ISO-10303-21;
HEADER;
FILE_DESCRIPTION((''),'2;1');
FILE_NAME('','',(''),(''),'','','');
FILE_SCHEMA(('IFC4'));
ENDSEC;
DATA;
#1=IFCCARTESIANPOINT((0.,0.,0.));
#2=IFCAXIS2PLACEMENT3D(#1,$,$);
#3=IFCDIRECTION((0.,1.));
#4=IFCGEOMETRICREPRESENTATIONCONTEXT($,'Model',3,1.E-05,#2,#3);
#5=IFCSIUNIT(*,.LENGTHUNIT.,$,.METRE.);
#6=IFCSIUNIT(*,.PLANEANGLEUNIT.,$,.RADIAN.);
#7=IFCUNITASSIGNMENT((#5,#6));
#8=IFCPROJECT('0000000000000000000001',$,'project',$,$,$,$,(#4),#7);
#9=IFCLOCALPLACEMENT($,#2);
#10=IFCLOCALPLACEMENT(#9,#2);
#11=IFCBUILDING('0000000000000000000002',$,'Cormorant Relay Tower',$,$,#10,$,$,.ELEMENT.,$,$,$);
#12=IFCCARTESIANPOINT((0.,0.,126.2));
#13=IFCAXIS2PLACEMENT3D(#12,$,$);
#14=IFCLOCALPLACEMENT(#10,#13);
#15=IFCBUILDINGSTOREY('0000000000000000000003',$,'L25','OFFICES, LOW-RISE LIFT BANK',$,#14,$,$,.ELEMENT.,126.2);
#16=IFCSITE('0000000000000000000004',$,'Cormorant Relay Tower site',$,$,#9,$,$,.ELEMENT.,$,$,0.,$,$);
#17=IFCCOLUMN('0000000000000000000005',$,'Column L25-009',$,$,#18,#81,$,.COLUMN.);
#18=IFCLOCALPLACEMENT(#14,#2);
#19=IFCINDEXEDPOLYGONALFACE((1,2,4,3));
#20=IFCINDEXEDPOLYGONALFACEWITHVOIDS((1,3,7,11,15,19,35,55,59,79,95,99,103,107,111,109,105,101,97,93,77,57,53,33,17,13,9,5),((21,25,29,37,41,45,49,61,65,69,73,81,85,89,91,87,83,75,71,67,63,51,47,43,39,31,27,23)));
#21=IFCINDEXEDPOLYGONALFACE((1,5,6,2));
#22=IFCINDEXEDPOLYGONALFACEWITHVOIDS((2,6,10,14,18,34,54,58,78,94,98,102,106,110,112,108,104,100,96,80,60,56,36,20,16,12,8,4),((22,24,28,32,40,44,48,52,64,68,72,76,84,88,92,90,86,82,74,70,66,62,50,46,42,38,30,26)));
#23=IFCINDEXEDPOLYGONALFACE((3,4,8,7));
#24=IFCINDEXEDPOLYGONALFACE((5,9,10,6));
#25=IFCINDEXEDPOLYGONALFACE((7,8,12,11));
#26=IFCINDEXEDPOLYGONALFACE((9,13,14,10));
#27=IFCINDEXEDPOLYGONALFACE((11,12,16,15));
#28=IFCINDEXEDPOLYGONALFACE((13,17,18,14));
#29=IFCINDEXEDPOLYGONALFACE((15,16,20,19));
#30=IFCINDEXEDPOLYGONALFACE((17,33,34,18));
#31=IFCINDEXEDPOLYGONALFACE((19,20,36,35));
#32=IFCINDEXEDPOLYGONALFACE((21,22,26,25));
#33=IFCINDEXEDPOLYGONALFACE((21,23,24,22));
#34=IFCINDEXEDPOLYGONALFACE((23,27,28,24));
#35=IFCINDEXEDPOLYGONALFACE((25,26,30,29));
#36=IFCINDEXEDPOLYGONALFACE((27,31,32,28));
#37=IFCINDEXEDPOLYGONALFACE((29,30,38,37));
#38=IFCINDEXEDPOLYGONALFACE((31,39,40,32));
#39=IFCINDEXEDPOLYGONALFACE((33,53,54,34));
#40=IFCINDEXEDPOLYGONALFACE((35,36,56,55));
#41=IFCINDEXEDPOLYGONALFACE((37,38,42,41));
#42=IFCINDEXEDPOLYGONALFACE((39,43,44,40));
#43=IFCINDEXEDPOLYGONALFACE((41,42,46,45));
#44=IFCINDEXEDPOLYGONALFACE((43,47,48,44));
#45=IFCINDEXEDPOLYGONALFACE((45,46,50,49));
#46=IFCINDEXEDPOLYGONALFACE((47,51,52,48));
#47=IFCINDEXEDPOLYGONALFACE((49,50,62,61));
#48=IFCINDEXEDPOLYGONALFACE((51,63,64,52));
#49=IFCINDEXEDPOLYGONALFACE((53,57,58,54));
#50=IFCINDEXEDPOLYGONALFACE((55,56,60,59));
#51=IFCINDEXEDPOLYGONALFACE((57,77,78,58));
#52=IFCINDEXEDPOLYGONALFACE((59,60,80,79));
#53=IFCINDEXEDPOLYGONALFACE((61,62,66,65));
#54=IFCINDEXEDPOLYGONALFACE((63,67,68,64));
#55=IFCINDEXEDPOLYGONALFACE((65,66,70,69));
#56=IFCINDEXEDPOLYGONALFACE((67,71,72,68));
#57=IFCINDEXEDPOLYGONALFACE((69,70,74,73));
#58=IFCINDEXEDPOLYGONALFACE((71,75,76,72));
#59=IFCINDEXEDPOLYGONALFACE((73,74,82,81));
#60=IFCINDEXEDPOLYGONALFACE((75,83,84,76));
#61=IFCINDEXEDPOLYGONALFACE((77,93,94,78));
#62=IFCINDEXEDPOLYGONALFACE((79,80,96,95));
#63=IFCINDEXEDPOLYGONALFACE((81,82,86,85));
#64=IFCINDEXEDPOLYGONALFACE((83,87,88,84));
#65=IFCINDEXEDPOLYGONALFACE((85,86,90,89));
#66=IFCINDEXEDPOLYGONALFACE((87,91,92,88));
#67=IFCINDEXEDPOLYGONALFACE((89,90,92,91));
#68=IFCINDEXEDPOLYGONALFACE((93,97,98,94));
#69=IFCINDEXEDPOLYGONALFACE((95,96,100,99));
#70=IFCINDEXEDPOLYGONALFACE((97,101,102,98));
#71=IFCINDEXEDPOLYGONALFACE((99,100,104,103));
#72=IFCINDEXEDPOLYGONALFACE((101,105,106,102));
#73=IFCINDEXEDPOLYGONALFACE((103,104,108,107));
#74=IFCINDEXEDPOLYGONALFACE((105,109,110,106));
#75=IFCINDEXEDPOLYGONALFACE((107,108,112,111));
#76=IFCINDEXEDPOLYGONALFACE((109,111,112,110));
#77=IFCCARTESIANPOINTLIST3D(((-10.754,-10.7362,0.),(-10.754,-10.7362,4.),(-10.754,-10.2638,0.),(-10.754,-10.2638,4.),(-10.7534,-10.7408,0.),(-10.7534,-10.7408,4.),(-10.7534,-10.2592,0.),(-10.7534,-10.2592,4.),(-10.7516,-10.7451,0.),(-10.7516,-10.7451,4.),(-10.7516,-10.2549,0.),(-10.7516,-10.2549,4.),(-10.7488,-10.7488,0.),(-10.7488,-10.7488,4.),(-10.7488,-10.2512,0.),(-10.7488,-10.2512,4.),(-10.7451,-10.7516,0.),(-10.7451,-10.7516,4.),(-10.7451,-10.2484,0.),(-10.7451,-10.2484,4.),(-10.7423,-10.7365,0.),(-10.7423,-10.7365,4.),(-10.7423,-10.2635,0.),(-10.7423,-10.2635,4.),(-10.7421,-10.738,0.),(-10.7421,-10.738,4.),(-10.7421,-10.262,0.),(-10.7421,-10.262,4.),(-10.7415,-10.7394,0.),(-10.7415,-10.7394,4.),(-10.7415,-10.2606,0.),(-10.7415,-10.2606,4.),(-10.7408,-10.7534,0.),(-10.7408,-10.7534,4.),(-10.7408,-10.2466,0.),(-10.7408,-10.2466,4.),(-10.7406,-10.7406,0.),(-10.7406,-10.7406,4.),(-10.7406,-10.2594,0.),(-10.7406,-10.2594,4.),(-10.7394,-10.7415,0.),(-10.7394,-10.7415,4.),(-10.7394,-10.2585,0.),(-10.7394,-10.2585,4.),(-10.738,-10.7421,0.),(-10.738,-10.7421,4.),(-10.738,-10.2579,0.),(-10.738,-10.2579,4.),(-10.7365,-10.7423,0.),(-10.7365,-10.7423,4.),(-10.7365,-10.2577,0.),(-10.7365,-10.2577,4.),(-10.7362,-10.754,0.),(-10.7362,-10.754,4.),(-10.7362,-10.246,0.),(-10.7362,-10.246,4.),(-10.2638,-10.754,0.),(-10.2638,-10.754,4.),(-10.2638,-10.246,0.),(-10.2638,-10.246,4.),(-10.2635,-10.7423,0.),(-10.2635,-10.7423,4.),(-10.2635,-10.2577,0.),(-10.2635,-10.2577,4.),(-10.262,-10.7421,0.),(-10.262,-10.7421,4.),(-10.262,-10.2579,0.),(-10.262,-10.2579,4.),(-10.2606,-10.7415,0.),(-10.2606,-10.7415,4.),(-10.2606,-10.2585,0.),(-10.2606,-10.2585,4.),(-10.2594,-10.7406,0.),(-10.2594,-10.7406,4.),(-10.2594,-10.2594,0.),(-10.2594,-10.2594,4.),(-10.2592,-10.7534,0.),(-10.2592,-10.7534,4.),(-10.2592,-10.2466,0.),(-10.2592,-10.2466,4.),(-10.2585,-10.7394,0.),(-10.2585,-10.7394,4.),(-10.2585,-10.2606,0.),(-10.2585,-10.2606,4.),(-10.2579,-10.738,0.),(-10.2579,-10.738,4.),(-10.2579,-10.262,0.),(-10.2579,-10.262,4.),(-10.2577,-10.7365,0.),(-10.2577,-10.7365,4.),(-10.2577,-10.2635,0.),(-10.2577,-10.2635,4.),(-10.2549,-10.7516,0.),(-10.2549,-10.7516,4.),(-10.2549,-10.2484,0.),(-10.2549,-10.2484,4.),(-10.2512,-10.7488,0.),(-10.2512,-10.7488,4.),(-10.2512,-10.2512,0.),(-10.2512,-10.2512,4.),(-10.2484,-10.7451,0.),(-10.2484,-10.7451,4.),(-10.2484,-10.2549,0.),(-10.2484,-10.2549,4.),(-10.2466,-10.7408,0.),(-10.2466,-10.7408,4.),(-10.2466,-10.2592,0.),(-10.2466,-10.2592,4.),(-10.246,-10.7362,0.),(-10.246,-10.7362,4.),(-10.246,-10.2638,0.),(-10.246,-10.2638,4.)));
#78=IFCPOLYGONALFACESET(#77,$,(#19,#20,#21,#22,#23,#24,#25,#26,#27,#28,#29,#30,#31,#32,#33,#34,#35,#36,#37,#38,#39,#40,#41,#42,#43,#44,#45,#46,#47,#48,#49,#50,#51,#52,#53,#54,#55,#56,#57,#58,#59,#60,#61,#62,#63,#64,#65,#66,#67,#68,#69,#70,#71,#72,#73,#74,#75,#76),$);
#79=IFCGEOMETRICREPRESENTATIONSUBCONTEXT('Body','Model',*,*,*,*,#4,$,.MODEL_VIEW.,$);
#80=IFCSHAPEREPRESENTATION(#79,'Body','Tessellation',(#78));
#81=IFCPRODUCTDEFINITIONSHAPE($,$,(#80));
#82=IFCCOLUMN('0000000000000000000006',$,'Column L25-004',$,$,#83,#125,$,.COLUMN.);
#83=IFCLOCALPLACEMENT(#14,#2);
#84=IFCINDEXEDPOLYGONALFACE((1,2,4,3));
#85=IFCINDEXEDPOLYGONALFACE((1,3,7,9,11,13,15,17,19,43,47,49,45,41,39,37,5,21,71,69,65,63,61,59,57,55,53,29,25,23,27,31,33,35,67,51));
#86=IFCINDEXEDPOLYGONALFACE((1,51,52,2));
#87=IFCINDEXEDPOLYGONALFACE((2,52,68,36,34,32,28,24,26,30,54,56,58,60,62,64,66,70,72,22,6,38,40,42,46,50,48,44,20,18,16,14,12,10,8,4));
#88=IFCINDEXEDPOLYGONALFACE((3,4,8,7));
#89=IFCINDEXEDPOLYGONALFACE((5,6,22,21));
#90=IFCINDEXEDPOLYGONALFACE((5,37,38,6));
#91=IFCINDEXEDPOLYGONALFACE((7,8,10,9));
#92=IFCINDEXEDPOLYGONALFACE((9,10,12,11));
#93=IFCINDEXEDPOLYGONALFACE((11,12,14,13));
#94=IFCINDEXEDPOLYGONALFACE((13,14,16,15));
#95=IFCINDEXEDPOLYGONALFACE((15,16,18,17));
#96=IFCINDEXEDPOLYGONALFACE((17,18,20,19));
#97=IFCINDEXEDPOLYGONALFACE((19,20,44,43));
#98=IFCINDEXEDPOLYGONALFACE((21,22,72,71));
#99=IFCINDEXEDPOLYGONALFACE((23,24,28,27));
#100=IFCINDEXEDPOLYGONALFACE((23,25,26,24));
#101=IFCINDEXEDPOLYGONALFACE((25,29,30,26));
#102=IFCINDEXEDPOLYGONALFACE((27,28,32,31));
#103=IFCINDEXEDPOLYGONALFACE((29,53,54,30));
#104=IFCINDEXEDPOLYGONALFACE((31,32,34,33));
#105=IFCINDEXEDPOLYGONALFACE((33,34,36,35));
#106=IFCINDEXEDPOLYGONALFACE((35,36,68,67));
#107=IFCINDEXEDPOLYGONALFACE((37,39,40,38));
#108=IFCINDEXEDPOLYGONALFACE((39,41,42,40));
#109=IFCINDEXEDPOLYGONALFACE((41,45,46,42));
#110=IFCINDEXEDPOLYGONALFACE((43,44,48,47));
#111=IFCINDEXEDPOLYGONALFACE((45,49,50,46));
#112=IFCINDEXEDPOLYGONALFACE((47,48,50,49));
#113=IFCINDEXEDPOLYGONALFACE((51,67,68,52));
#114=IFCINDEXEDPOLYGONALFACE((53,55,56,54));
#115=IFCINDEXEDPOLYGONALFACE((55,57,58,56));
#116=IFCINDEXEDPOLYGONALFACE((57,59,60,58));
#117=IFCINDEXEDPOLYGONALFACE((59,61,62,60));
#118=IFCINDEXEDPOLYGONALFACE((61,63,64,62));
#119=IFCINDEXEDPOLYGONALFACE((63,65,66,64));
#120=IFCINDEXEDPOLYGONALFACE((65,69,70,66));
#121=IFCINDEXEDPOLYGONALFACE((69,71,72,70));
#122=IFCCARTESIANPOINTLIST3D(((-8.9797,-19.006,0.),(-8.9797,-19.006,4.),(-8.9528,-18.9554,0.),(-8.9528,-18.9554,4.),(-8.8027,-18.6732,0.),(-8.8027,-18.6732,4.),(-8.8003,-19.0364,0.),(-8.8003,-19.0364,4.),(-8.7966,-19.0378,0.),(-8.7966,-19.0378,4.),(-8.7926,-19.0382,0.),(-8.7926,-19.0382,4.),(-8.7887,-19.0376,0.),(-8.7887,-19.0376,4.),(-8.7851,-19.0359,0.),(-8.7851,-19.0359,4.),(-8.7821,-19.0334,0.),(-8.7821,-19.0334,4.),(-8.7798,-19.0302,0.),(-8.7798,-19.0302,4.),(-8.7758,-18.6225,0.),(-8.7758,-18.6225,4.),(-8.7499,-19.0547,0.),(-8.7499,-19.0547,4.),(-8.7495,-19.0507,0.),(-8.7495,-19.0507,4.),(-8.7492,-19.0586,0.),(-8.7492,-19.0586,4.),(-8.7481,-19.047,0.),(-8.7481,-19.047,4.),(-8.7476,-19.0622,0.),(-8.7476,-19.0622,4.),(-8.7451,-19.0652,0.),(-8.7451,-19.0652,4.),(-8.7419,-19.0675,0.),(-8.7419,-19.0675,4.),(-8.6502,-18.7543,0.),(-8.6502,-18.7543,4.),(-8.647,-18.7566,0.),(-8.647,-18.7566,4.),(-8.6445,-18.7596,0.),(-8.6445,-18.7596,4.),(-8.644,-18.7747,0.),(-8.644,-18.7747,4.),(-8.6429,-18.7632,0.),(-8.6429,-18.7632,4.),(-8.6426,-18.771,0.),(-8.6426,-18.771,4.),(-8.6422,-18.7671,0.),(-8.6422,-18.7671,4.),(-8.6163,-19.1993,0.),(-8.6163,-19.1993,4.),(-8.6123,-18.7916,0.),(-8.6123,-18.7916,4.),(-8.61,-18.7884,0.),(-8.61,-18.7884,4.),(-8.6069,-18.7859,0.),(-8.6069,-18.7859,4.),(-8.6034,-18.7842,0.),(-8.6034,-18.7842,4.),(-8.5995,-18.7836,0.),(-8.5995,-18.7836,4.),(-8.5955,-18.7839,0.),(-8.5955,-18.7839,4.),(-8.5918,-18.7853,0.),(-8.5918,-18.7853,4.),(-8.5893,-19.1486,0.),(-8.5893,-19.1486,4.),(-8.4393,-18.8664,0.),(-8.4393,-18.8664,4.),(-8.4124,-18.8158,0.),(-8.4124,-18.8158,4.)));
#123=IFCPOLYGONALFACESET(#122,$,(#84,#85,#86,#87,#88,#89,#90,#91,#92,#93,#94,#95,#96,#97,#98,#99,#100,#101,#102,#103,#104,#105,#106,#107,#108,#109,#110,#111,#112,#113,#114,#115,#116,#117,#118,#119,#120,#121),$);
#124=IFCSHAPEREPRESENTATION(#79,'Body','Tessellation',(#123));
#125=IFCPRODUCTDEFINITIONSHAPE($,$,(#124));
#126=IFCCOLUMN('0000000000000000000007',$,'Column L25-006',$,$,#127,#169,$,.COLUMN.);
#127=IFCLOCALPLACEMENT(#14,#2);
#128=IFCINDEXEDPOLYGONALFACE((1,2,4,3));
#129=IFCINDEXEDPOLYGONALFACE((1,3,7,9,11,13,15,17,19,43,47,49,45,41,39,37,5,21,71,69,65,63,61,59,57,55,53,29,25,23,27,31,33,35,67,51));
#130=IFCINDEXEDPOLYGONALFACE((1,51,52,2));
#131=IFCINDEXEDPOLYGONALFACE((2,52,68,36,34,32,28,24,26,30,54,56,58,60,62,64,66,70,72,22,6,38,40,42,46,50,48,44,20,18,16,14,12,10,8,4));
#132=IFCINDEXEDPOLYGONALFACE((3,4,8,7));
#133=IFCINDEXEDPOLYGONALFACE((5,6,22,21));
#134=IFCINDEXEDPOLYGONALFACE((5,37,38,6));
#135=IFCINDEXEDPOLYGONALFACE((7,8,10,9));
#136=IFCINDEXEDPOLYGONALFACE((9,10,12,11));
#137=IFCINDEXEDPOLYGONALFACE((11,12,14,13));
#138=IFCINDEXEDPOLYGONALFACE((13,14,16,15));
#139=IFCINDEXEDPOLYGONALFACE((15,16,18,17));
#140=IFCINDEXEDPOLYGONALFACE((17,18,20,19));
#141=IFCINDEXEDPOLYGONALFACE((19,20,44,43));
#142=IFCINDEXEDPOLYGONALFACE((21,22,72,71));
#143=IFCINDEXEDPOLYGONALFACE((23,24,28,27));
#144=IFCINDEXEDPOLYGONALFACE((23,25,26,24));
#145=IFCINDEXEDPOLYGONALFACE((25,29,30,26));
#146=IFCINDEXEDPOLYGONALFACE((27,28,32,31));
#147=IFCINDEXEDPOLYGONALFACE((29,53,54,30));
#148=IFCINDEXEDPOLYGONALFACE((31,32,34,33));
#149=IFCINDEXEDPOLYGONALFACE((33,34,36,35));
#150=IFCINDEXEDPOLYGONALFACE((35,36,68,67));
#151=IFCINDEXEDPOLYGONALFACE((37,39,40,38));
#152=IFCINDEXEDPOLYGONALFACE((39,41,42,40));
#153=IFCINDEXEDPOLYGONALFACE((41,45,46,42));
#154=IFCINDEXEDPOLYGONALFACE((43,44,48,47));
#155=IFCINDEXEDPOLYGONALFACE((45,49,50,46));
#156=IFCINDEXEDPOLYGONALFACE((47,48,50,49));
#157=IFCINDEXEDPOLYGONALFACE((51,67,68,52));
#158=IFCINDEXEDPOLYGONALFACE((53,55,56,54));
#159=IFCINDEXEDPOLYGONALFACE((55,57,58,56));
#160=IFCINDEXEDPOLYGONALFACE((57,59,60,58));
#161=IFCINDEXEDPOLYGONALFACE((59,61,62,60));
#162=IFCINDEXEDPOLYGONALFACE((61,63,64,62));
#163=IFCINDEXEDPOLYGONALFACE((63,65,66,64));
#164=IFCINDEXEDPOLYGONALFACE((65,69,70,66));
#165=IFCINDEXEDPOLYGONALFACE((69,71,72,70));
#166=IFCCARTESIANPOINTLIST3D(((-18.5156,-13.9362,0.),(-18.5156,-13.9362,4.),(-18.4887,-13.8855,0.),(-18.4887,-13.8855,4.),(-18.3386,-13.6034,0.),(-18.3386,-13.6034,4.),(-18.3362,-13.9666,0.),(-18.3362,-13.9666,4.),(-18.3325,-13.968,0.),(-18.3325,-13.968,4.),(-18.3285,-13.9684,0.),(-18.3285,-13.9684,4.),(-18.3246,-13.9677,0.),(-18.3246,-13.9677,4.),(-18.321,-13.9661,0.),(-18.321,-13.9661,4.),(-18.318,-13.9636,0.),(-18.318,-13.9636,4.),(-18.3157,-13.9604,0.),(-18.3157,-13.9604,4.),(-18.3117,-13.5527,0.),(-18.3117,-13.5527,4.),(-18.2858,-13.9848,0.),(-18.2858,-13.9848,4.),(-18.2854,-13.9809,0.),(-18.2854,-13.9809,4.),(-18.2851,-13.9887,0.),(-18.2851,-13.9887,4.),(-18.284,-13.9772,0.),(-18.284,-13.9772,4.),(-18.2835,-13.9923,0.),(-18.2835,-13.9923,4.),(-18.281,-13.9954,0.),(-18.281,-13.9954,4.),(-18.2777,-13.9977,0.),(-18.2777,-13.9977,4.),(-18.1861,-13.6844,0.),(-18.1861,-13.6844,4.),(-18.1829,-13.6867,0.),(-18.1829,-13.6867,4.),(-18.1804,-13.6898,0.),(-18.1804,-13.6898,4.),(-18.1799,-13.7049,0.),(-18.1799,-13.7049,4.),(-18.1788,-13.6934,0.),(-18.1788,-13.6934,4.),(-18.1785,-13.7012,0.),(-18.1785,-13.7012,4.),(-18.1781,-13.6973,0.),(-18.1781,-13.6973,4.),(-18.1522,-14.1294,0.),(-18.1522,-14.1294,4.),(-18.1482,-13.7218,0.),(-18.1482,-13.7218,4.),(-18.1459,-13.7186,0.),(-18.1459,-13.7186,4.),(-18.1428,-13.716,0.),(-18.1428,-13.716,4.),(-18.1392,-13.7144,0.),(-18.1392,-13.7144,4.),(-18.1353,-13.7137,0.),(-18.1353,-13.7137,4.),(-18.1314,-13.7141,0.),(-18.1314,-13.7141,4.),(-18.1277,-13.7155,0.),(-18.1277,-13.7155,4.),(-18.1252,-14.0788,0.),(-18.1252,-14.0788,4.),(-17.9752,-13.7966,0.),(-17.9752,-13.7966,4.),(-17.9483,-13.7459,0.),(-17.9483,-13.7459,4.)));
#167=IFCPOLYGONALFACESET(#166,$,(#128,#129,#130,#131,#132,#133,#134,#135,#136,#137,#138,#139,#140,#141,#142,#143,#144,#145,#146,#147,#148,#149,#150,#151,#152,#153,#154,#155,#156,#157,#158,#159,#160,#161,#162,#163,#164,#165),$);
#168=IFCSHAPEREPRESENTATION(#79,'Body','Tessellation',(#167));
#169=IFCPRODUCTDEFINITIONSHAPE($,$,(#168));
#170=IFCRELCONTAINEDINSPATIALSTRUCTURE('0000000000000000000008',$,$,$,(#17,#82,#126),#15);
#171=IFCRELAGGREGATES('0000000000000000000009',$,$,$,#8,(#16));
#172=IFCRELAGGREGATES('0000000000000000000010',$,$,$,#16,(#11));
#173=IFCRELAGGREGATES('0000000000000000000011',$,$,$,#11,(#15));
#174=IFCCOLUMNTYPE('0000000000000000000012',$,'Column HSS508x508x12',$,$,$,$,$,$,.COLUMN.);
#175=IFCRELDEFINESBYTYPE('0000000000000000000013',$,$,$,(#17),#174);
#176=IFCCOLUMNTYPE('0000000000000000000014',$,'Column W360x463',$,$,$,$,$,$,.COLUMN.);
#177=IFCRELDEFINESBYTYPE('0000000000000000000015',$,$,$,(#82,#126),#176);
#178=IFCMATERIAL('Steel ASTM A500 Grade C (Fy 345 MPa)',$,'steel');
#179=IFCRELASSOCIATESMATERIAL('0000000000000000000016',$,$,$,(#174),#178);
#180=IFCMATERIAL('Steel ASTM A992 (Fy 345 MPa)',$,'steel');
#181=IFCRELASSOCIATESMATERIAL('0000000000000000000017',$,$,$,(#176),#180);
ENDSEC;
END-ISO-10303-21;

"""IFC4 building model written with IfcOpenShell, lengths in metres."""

from ifc_helpers import new_model, si_unit, direction, frame, origin, origin_2d, place, context, subcontext, project, spatial, hollow_rectangle, i_section, extrude, material, material_profile, profile_set, type_object, element, save


model = new_model("IFC4")

# Units and contexts
model_context = context("Model", 3, precision=1e-05, world=origin(), true_north=direction((0.0, 1.0)))
body_context = subcontext(model_context, "Body", "Model", "MODEL_VIEW")
ifc_project = project(units=[si_unit("LENGTHUNIT", "METRE"), si_unit("PLANEANGLEUNIT", "RADIAN")], contexts=[model_context])

# Site, building, storey
site_placement = place(None, origin())
site = spatial("IfcSite", under=ifc_project, at=site_placement, Name="Cormorant Relay Tower site", CompositionType="ELEMENT", RefElevation=0.0)
building_placement = place(site_placement, origin())
building = spatial("IfcBuilding", under=site, at=building_placement, Name="Cormorant Relay Tower", CompositionType="ELEMENT")
storey_placement = place(building_placement, frame((0.0, 0.0, 126.2)))
storey = spatial("IfcBuildingStorey", under=building, at=storey_placement, Name="L25", Description="OFFICES, LOW-RISE LIFT BANK", CompositionType="ELEMENT", Elevation=126.2)

# Columns
ifc_material_1 = material(Name="Steel ASTM A500 Grade C (Fy 345 MPa)", Category="steel")
ifc_material_profile_1 = material_profile(ifc_material_1, hollow_rectangle(XDim=0.5081, YDim=0.5081, WallThickness=0.0117, InnerFilletRadius=0.0059, OuterFilletRadius=0.0178, at=origin_2d()), Name="HSS508x508x12")
ifc_profile_set_1 = profile_set([ifc_material_profile_1], Name="Steel ASTM A500 Grade C (Fy 345 MPa)")
column_type_1 = type_object("IfcColumnType", Name="Column HSS508x508x12", PredefinedType="COLUMN", material=ifc_profile_set_1)
column_1_placement = place(storey_placement, frame((-10.5, -10.5, 0.0), z_axis=(0.0, 0.0, 1.0), x_axis=(1.0, 0.0, 0.0)))
element("IfcColumn", 1, at=column_1_placement, inside=storey, type_object=column_type_1, Name="Column L25-009", PredefinedType="COLUMN", context=body_context, shape_type="SweptSolid", body=[
    extrude(hollow_rectangle(XDim=0.5081, YDim=0.5081, WallThickness=0.0117, InnerFilletRadius=0.0059, OuterFilletRadius=0.0178, at=origin_2d()), origin(), (0.0, 0.0, 1.0), 4.0),
])
ifc_material_2 = material(Name="Steel ASTM A992 (Fy 345 MPa)", Category="steel")
ifc_material_profile_2 = material_profile(ifc_material_2, i_section(OverallWidth=0.4116, OverallDepth=0.4343, WebThickness=0.0359, FlangeThickness=0.0574, FilletRadius=0.0151, at=origin_2d()), Name="W360x463")
ifc_profile_set_2 = profile_set([ifc_material_profile_2], Name="Steel ASTM A992 (Fy 345 MPa)")
column_type_2 = type_object("IfcColumnType", Name="Column W360x463", PredefinedType="COLUMN", material=ifc_profile_set_2)
for number, where, z_axis, x_axis, name in (
    (2, (-8.696, -18.9109, 0.0), (0.0, 0.0, 1.0), (0.882948, -0.469472, 0.0), "Column L25-004"),
    (3, (-18.2319, -13.8411, 0.0), (0.0, 0.0, 1.0), (0.882948, -0.469472, 0.0), "Column L25-006"),
):
    element("IfcColumn", number, at=place(storey_placement, frame(where, z_axis=z_axis, x_axis=x_axis)), inside=storey, type_object=column_type_2, Name=name, PredefinedType="COLUMN", context=body_context, shape_type="SweptSolid", body=[
        extrude(i_section(OverallWidth=0.4116, OverallDepth=0.4343, WebThickness=0.0359, FlangeThickness=0.0574, FilletRadius=0.0151, at=origin_2d()), origin(), (0.0, 0.0, 1.0), 4.0),
    ])

save(model, "model.ifc")
